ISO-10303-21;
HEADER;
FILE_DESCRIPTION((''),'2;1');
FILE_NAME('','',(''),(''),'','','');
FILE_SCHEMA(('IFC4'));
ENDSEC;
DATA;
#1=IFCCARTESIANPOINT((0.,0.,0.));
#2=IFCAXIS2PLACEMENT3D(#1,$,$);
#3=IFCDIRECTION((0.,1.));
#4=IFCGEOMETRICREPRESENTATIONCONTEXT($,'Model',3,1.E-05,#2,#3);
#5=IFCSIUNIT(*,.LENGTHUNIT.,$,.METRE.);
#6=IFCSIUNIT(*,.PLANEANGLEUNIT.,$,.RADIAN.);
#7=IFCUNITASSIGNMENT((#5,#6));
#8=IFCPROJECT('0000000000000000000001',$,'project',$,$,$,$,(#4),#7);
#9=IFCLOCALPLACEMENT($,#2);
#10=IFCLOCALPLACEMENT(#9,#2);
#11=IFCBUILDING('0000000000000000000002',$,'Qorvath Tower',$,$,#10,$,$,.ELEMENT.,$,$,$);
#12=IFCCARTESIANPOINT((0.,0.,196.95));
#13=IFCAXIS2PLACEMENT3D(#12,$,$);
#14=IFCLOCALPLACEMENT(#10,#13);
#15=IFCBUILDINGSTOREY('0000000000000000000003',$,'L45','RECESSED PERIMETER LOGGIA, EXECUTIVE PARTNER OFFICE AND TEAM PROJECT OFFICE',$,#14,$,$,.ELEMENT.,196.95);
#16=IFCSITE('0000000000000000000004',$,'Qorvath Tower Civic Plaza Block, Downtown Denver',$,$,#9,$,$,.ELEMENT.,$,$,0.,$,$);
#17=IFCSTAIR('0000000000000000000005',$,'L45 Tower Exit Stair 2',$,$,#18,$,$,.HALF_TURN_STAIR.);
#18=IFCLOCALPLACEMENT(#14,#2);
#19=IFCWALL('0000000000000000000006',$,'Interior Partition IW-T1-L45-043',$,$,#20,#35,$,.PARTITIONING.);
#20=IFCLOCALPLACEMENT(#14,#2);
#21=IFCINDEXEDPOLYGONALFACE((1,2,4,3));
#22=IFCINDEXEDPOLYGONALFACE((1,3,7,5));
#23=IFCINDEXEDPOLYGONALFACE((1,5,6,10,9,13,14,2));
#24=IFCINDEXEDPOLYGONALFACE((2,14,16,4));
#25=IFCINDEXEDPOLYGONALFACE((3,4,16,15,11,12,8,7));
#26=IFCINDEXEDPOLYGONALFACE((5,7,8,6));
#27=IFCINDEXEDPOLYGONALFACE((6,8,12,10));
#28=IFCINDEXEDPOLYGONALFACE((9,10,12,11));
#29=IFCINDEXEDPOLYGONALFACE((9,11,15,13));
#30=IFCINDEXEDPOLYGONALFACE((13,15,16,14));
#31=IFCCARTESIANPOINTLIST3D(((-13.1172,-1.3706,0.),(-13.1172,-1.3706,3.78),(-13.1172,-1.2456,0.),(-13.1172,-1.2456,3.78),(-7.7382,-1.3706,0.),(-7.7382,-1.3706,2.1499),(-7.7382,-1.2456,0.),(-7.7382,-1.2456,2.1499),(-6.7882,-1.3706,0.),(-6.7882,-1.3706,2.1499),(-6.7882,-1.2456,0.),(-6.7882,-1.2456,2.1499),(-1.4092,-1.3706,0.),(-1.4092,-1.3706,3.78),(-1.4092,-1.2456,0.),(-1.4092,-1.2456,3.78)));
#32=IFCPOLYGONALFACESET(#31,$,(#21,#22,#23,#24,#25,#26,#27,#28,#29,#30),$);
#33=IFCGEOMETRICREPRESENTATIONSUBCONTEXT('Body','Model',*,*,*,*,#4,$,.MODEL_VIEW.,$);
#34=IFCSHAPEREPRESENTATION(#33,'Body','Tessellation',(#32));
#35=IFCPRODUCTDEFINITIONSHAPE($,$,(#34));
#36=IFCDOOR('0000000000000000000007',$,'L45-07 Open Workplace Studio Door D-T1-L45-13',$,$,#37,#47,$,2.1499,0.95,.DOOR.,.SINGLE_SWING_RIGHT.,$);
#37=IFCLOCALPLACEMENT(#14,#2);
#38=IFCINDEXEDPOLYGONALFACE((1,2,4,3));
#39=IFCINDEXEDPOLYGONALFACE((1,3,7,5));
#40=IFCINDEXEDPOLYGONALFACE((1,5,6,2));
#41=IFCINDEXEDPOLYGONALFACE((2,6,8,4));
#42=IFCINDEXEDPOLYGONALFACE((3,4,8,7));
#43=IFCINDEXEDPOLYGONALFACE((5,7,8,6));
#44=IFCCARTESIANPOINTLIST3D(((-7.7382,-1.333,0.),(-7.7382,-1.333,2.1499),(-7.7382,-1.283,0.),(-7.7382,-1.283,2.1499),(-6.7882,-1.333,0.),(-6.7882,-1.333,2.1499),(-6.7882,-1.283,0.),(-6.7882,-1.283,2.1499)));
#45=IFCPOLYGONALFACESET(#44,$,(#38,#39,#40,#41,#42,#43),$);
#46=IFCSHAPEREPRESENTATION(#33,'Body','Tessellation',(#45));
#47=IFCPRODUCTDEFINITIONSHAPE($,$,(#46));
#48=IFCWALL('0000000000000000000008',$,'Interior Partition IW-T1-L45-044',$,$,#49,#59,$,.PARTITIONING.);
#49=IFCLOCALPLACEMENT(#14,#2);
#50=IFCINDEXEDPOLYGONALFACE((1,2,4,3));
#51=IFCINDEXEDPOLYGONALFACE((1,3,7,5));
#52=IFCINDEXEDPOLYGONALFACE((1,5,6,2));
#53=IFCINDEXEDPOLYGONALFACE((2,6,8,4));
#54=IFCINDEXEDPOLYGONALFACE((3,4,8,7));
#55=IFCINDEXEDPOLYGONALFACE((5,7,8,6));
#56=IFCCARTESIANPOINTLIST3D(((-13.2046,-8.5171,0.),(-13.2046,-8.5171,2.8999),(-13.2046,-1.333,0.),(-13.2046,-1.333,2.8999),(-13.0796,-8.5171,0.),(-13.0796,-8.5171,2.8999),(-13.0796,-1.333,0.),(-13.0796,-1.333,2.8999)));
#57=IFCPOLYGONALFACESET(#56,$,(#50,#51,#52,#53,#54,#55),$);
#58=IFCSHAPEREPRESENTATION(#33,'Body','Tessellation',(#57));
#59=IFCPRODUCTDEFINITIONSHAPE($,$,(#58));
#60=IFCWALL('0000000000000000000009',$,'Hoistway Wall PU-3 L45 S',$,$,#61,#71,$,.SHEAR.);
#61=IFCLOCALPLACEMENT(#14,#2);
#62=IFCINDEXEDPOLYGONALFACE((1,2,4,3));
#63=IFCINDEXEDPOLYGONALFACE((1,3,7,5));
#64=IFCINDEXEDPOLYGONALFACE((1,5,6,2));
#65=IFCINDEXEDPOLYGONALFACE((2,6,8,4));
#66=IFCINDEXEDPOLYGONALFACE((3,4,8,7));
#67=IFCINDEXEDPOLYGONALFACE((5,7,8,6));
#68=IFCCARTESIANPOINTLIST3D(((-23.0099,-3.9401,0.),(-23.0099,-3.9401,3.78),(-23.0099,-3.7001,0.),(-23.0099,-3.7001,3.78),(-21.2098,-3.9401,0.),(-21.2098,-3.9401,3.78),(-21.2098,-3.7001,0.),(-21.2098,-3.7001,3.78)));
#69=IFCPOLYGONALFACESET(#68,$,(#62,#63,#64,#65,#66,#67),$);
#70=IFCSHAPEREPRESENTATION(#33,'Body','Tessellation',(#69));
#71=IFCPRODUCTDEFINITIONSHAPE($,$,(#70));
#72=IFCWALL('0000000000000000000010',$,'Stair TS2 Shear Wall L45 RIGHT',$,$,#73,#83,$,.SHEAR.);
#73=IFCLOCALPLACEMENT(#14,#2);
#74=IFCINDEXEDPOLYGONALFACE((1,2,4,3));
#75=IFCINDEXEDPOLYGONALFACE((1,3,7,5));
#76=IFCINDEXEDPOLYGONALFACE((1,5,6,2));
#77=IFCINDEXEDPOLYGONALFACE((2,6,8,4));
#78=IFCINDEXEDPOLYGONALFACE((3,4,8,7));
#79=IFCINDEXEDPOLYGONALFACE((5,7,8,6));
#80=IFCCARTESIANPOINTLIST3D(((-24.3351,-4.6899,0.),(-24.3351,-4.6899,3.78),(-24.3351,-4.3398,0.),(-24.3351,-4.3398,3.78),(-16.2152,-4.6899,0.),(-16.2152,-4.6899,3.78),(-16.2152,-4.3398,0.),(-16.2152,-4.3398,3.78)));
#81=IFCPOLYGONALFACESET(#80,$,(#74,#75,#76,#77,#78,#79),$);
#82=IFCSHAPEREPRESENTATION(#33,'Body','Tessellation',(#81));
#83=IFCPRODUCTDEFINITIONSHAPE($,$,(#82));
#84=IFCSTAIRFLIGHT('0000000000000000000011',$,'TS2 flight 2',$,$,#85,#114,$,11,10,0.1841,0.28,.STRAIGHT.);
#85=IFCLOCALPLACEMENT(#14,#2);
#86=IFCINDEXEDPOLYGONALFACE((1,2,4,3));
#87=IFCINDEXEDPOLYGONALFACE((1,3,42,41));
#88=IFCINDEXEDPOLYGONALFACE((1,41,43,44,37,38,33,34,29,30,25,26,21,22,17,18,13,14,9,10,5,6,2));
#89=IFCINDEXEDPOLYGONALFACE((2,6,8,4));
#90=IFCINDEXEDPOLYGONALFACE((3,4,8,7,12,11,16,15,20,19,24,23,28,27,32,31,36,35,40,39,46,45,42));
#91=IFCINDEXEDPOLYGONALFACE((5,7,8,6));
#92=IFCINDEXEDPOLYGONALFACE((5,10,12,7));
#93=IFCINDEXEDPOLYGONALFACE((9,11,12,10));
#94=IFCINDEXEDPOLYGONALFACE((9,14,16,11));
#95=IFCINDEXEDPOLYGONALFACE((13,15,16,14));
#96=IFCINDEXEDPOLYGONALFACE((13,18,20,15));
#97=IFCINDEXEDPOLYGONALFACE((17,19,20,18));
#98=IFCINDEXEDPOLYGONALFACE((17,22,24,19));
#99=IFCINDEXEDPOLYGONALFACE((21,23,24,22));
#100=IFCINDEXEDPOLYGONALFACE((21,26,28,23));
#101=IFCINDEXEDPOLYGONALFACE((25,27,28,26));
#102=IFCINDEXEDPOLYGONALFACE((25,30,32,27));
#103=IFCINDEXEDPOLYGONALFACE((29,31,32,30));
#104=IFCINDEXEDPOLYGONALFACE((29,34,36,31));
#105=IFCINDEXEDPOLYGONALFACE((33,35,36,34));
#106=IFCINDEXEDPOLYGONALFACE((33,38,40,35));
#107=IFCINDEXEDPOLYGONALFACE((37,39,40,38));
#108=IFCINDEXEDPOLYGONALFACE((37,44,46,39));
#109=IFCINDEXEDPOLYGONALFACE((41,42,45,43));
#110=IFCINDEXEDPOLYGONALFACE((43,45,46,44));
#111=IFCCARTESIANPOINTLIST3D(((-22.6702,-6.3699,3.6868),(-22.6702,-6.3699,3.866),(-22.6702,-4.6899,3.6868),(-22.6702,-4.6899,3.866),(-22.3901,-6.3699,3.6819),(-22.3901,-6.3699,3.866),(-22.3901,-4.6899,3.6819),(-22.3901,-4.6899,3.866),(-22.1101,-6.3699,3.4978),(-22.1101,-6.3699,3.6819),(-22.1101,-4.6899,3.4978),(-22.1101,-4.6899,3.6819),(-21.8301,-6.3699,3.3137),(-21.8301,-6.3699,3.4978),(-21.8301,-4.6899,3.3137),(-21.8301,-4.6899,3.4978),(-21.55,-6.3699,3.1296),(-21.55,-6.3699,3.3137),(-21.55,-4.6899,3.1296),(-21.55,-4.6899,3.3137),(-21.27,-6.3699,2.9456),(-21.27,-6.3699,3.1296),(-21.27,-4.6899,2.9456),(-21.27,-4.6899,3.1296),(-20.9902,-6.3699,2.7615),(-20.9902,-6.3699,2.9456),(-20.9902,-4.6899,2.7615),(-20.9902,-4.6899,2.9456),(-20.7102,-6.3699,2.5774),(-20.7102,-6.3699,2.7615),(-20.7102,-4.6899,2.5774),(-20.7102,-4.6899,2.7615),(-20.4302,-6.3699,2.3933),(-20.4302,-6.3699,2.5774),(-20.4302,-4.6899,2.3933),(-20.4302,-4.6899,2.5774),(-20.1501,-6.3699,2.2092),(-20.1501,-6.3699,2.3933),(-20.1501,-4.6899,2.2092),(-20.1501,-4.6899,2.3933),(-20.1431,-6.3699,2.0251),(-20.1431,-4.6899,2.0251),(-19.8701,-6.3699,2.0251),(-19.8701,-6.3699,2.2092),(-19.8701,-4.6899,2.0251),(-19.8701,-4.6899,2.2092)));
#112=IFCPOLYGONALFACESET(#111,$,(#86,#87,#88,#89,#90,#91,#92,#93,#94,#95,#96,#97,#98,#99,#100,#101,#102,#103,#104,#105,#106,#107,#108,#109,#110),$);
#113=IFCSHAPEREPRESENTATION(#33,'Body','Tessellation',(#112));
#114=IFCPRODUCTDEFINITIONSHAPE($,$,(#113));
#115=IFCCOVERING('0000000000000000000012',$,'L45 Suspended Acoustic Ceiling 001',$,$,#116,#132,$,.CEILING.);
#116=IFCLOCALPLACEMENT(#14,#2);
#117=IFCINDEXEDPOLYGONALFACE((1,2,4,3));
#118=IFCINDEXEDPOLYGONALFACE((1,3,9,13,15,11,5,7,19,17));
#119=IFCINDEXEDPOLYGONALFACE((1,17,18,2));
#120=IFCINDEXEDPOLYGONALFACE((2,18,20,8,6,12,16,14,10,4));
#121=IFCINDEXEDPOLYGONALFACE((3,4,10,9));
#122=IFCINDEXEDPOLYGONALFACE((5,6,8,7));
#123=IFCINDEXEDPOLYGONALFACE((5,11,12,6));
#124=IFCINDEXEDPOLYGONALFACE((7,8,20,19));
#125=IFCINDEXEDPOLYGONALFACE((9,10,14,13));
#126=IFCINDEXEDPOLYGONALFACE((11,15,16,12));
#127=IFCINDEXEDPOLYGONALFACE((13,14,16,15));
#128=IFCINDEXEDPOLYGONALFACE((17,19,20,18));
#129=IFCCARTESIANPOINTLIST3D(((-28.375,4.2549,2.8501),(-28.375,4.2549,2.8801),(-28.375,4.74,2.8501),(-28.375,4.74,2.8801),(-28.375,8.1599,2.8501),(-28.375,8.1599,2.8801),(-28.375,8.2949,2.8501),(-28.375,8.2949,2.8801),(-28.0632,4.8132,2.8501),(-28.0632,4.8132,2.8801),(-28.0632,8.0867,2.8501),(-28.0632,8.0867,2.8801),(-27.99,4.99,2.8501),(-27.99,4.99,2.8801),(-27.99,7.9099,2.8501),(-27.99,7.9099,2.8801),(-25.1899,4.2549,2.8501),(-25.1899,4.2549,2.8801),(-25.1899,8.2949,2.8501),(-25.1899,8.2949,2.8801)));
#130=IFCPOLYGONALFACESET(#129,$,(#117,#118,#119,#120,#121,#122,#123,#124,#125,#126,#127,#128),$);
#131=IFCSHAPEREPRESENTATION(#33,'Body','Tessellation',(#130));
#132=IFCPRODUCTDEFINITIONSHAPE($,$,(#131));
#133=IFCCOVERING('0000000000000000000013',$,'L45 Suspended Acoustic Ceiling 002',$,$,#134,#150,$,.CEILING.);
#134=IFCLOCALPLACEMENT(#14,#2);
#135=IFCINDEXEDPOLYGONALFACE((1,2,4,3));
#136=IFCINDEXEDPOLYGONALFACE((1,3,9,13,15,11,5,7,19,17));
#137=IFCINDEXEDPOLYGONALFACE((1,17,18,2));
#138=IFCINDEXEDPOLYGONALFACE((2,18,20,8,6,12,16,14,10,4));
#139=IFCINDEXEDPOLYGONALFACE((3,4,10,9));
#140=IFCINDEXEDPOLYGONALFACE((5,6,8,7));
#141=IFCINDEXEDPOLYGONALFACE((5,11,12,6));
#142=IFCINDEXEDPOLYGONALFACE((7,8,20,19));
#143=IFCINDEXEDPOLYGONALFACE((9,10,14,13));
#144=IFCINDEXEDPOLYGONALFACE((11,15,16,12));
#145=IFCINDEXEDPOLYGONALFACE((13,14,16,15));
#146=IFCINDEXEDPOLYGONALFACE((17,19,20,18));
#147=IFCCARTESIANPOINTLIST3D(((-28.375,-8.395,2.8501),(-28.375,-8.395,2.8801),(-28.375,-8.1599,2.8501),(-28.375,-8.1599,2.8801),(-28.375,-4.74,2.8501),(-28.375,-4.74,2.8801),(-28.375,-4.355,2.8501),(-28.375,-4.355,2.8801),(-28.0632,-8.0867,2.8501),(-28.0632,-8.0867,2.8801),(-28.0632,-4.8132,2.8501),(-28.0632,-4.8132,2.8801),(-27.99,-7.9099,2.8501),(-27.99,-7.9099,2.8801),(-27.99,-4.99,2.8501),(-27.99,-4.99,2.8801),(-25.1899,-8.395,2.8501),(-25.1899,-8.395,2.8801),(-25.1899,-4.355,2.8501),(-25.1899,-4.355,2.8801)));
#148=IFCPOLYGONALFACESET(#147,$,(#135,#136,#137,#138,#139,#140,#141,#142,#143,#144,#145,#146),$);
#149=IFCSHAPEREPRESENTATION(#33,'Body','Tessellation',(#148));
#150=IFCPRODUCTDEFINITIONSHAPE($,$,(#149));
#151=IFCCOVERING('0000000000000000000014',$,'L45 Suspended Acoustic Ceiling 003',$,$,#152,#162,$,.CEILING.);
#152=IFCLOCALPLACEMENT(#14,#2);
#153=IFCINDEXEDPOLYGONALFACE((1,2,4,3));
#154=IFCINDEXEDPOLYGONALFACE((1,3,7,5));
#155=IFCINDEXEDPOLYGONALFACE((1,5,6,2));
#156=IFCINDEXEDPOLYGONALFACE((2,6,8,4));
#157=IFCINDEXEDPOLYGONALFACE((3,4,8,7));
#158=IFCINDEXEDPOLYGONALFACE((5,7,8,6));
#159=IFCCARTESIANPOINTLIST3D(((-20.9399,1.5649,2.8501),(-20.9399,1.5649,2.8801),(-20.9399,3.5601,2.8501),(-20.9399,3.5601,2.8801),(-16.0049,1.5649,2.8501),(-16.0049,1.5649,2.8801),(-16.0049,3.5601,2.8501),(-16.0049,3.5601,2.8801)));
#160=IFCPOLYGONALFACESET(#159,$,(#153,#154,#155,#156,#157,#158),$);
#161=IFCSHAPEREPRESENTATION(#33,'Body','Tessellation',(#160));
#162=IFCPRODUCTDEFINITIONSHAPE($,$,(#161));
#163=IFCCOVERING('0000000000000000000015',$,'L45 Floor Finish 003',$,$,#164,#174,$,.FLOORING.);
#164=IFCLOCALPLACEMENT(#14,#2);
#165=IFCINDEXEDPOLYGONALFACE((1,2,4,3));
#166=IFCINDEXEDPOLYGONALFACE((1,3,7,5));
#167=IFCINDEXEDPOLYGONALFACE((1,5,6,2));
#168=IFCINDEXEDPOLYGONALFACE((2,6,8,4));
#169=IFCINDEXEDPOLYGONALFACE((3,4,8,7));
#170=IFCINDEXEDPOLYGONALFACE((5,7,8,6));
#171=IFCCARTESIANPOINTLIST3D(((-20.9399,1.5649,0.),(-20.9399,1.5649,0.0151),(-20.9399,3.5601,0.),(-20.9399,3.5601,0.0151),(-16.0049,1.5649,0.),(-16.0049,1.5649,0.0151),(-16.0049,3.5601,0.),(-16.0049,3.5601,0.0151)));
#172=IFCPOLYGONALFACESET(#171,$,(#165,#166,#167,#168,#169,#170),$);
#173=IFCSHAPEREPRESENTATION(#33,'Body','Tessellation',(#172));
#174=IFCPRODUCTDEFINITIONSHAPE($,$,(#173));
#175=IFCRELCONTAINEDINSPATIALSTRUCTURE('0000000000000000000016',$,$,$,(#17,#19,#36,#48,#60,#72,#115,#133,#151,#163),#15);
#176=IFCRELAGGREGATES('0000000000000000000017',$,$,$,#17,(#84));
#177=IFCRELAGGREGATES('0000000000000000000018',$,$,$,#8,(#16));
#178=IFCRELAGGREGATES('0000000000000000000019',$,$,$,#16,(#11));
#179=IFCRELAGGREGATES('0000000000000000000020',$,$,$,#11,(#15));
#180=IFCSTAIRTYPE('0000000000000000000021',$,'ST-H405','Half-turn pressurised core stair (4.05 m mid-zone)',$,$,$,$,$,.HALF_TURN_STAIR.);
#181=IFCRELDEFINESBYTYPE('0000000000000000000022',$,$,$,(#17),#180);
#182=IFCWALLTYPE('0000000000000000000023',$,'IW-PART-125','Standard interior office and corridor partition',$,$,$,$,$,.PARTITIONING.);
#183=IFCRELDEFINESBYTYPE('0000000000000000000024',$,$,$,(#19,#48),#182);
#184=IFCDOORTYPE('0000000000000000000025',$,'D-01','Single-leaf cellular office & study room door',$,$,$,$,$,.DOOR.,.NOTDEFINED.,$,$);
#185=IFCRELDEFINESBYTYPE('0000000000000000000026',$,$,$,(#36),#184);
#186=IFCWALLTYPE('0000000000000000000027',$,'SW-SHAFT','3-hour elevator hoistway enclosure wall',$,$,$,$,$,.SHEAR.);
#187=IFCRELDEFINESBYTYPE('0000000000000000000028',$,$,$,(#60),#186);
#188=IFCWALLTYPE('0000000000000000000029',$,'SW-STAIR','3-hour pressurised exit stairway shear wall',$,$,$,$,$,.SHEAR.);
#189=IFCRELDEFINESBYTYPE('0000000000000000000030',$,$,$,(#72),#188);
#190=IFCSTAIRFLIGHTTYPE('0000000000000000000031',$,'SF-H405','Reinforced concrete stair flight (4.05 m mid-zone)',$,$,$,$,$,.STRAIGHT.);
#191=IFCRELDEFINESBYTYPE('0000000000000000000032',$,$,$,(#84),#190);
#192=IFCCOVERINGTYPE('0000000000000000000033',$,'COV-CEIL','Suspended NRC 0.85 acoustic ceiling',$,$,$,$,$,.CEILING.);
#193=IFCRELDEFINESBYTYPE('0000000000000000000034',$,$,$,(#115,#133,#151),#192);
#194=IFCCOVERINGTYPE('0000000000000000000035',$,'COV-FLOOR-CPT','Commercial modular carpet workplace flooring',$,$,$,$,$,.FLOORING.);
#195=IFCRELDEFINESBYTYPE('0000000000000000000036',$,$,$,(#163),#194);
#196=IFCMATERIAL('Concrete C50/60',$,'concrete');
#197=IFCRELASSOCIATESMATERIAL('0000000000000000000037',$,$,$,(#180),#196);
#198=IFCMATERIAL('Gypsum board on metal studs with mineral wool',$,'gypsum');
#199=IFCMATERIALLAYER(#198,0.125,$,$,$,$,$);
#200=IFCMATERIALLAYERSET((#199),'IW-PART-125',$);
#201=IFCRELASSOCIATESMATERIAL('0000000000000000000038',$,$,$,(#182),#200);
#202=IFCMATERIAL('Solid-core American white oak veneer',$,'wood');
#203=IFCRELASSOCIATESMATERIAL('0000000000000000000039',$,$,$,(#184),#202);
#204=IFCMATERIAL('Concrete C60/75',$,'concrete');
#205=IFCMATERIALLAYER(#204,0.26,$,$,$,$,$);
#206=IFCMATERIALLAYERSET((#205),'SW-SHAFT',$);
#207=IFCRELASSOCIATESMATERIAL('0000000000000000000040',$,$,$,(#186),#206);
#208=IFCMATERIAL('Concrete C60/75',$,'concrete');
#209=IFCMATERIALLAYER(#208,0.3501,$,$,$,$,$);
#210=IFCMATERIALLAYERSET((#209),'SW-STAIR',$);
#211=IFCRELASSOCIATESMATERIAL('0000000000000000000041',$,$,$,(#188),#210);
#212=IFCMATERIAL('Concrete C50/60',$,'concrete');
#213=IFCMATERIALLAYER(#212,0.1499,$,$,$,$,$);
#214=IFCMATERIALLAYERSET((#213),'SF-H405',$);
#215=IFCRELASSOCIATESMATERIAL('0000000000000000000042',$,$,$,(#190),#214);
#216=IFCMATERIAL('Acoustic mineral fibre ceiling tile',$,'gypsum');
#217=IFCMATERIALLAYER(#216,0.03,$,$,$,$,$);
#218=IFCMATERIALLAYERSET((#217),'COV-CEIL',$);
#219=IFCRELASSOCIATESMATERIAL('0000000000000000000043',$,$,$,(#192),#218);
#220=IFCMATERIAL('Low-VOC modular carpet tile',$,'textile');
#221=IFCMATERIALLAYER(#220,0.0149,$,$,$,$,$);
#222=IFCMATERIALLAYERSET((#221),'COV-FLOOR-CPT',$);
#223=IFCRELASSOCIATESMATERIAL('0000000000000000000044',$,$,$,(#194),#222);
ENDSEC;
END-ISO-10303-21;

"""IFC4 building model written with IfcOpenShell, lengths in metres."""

from ifc_helpers import new_model, si_unit, direction, frame, frame_2d, origin, place, context, subcontext, project, spatial, polyline, rectangle, outline, extrude, material, layer, layer_set, type_object, element, fill, aggregate, save


model = new_model("IFC4")

# Units and contexts
model_context = context("Model", 3, precision=1e-05, world=origin(), true_north=direction((0.0, 1.0)))
body_context = subcontext(model_context, "Body", "Model", "MODEL_VIEW")
ifc_project = project(units=[si_unit("LENGTHUNIT", "METRE"), si_unit("PLANEANGLEUNIT", "RADIAN")], contexts=[model_context])

# Site, building, storey
site_placement = place(None, origin())
site = spatial("IfcSite", under=ifc_project, at=site_placement, Name="Qorvath Tower Civic Plaza Block, Downtown Denver", CompositionType="ELEMENT", RefElevation=0.0)
building_placement = place(site_placement, origin())
building = spatial("IfcBuilding", under=site, at=building_placement, Name="Qorvath Tower", CompositionType="ELEMENT")
storey_placement = place(building_placement, frame((0.0, 0.0, 196.95)))
storey = spatial("IfcBuildingStorey", under=building, at=storey_placement, Name="L45", Description="RECESSED PERIMETER LOGGIA, EXECUTIVE PARTNER OFFICE AND TEAM PROJECT OFFICE", CompositionType="ELEMENT", Elevation=196.95)

# Stair
ifc_material_1 = material(Name="Concrete C50/60", Category="concrete")
stair_type = type_object("IfcStairType", Name="ST-H405", Description="Half-turn pressurised core stair (4.05 m mid-zone)", PredefinedType="HALF_TURN_STAIR", material=ifc_material_1)
stair_1_placement = place(storey_placement, origin())
stair_1 = element("IfcStair", 1, at=stair_1_placement, inside=storey, type_object=stair_type, Name="L45 Tower Exit Stair 2", PredefinedType="HALF_TURN_STAIR")

# Shared definitions
ifc_material_2 = material(Name="Gypsum board on metal studs with mineral wool", Category="gypsum")
ifc_layer_1 = layer(ifc_material_2, 0.125)
ifc_layer_set_1 = layer_set([ifc_layer_1], Name="IW-PART-125")
wall_type_1 = type_object("IfcWallType", Name="IW-PART-125", Description="Standard interior office and corridor partition", PredefinedType="PARTITIONING", material=ifc_layer_set_1)

# Wall, opening, door
ifc_material_3 = material(Name="Solid-core American white oak veneer", Category="wood")
door_type = type_object("IfcDoorType", Name="D-01", Description="Single-leaf cellular office & study room door", OperationType="NOTDEFINED", PredefinedType="DOOR", material=ifc_material_3)
wall_1_placement = place(storey_placement, frame((-1.4092, -1.3081, 0.0), z_axis=(0.0, 0.0, 1.0), x_axis=(-1.0, 0.0, 0.0)))
wall_1 = element("IfcWall", 2, at=wall_1_placement, inside=storey, type_object=wall_type_1, Name="Interior Partition IW-T1-L45-043", PredefinedType="PARTITIONING", context=body_context, shape_type="SweptSolid", body=[
    extrude(rectangle(XDim=11.708, YDim=0.125, at=frame_2d((5.854, 0.0))), origin(), (0.0, 0.0, 1.0), 3.78),
])
opening_1_placement = place(wall_1_placement, frame((5.3789, 0.0, 0.0)))
opening_1 = element("IfcOpeningElement", 3, at=opening_1_placement, cuts=wall_1, PredefinedType="OPENING", context=body_context, shape_type="SweptSolid", body=[
    extrude(rectangle(XDim=0.95, YDim=2.1499, at=frame_2d((0.4751, 1.075))), frame((0.0, 0.0725, 0.0), z_axis=(0.0, -1.0, 0.0), x_axis=(1.0, 0.0, 0.0)), (0.0, 0.0, 1.0), 0.145),
])
door_1_placement = place(opening_1_placement, origin())
door_1 = element("IfcDoor", 4, at=door_1_placement, inside=storey, type_object=door_type, Name="L45-07 Open Workplace Studio Door D-T1-L45-13", OperationType="SINGLE_SWING_RIGHT", OverallHeight=2.1499, OverallWidth=0.95, PredefinedType="DOOR", context=body_context, shape_type="SweptSolid", body=[
    extrude(rectangle(XDim=0.95, YDim=2.1499, at=frame_2d((0.4751, 1.075))), frame((0.0, 0.0249, 0.0), z_axis=(0.0, -1.0, 0.0), x_axis=(1.0, 0.0, 0.0)), (0.0, 0.0, 1.0), 0.05),
])
fill(opening_1, door_1)

# Walls
wall_2_placement = place(storey_placement, frame((-13.1421, -1.333, 0.0), z_axis=(0.0, 0.0, 1.0), x_axis=(0.0, -1.0, 0.0)))
element("IfcWall", 5, at=wall_2_placement, inside=storey, type_object=wall_type_1, Name="Interior Partition IW-T1-L45-044", PredefinedType="PARTITIONING", context=body_context, shape_type="SweptSolid", body=[
    extrude(rectangle(XDim=7.1841, YDim=0.125, at=frame_2d((3.592, 0.0))), origin(), (0.0, 0.0, 1.0), 2.8999),
])
ifc_material_4 = material(Name="Concrete C60/75", Category="concrete")
ifc_layer_2 = layer(ifc_material_4, 0.26)
ifc_layer_set_2 = layer_set([ifc_layer_2], Name="SW-SHAFT")
wall_type_2 = type_object("IfcWallType", Name="SW-SHAFT", Description="3-hour elevator hoistway enclosure wall", PredefinedType="SHEAR", material=ifc_layer_set_2)
wall_3_placement = place(storey_placement, frame((-21.21, -3.8201, 0.0), z_axis=(0.0, 0.0, 1.0), x_axis=(-1.0, 0.0, 0.0)))
element("IfcWall", 6, at=wall_3_placement, inside=storey, type_object=wall_type_2, Name="Hoistway Wall PU-3 L45 S", PredefinedType="SHEAR", context=body_context, shape_type="SweptSolid", body=[
    extrude(rectangle(XDim=1.8, YDim=0.24, at=frame_2d((0.8999, 0.0))), origin(), (0.0, 0.0, 1.0), 3.78),
])
ifc_material_5 = material(Name="Concrete C60/75", Category="concrete")
ifc_layer_3 = layer(ifc_material_5, 0.3501)
ifc_layer_set_3 = layer_set([ifc_layer_3], Name="SW-STAIR")
wall_type_3 = type_object("IfcWallType", Name="SW-STAIR", Description="3-hour pressurised exit stairway shear wall", PredefinedType="SHEAR", material=ifc_layer_set_3)
wall_4_placement = place(storey_placement, frame((-16.2151, -4.5149, 0.0), z_axis=(0.0, 0.0, 1.0), x_axis=(-1.0, 0.0, 0.0)))
element("IfcWall", 7, at=wall_4_placement, inside=storey, type_object=wall_type_3, Name="Stair TS2 Shear Wall L45 RIGHT", PredefinedType="SHEAR", context=body_context, shape_type="SweptSolid", body=[
    extrude(rectangle(XDim=8.1199, YDim=0.3501, at=frame_2d((4.0601, 0.0))), origin(), (0.0, 0.0, 1.0), 3.78),
])

# Stair flight
ifc_material_6 = material(Name="Concrete C50/60", Category="concrete")
ifc_layer_4 = layer(ifc_material_6, 0.1499)
ifc_layer_set_4 = layer_set([ifc_layer_4], Name="SF-H405")
stair_flight_type = type_object("IfcStairFlightType", Name="SF-H405", Description="Reinforced concrete stair flight (4.05 m mid-zone)", PredefinedType="STRAIGHT", material=ifc_layer_set_4)
stair_flight_placement = place(storey_placement, frame((-19.8701, -5.53, 2.0251), z_axis=(0.0, 0.0, 1.0), x_axis=(-1.0, 0.0, 0.0)))
stair_flight = element("IfcStairFlight", 8, at=stair_flight_placement, type_object=stair_flight_type, Name="TS2 flight 2", NumberOfRisers=11, NumberOfTreads=10, PredefinedType="STRAIGHT", RiserHeight=0.1841, TreadLength=0.28, context=body_context, shape_type="SweptSolid", body=[
    extrude(outline(polyline([(0.0, 0.0), (0.0, 0.1841), (0.28, 0.1841), (0.28, 0.3682), (0.5601, 0.3682), (0.5601, 0.5522), (0.8401, 0.5522), (0.8401, 0.7363), (1.1201, 0.7363), (1.1201, 0.9204), (1.3999, 0.9204), (1.3999, 1.1045), (1.6799, 1.1045), (1.6799, 1.2886), (1.96, 1.2886), (1.96, 1.4727), (2.24, 1.4727), (2.24, 1.6567), (2.52, 1.6567), (2.52, 1.8408), (2.8, 1.8408), (2.8, 2.0249), (2.8, 1.6616), (0.2729, 0.0), (0.0, 0.0)])), frame((0.0, 0.8398, 0.0), z_axis=(0.0, -1.0, 0.0), x_axis=(1.0, 0.0, 0.0)), (0.0, 0.0, 1.0), 1.6799),
])
aggregate(stair_1, [stair_flight])

# Coverings
ifc_material_7 = material(Name="Acoustic mineral fibre ceiling tile", Category="gypsum")
ifc_layer_5 = layer(ifc_material_7, 0.03)
ifc_layer_set_5 = layer_set([ifc_layer_5], Name="COV-CEIL")
covering_type_1 = type_object("IfcCoveringType", Name="COV-CEIL", Description="Suspended NRC 0.85 acoustic ceiling", PredefinedType="CEILING", material=ifc_layer_set_5)
covering_1_placement = place(storey_placement, frame((0.0, 0.0, 2.8501)))
element("IfcCovering", 9, at=covering_1_placement, inside=storey, type_object=covering_type_1, Name="L45 Suspended Acoustic Ceiling 001", PredefinedType="CEILING", context=body_context, shape_type="SweptSolid", body=[
    extrude(outline(polyline([(-25.1899, 4.2549), (-25.1899, 8.2949), (-28.375, 8.2949), (-28.375, 8.1599), (-28.0632, 8.0867), (-27.99, 7.9099), (-27.99, 4.99), (-28.0632, 4.8132), (-28.375, 4.74), (-28.375, 4.2549), (-25.1899, 4.2549)])), origin(), (0.0, 0.0, 1.0), 0.03),
])
covering_2_placement = place(storey_placement, frame((0.0, 0.0, 2.8501)))
element("IfcCovering", 10, at=covering_2_placement, inside=storey, type_object=covering_type_1, Name="L45 Suspended Acoustic Ceiling 002", PredefinedType="CEILING", context=body_context, shape_type="SweptSolid", body=[
    extrude(outline(polyline([(-25.1899, -8.395), (-25.1899, -4.355), (-28.375, -4.355), (-28.375, -4.74), (-28.0632, -4.8132), (-27.99, -4.99), (-27.99, -7.9099), (-28.0632, -8.0867), (-28.375, -8.1599), (-28.375, -8.395), (-25.1899, -8.395)])), origin(), (0.0, 0.0, 1.0), 0.03),
])
covering_3_placement = place(storey_placement, frame((0.0, 0.0, 2.8501)))
element("IfcCovering", 11, at=covering_3_placement, inside=storey, type_object=covering_type_1, Name="L45 Suspended Acoustic Ceiling 003", PredefinedType="CEILING", context=body_context, shape_type="SweptSolid", body=[
    extrude(outline(polyline([(-16.0049, 3.5601), (-20.9399, 3.5601), (-20.9399, 1.5649), (-16.0049, 1.5649), (-16.0049, 3.5601)])), origin(), (0.0, 0.0, 1.0), 0.03),
])
ifc_material_8 = material(Name="Low-VOC modular carpet tile", Category="textile")
ifc_layer_6 = layer(ifc_material_8, 0.0149)
ifc_layer_set_6 = layer_set([ifc_layer_6], Name="COV-FLOOR-CPT")
covering_type_2 = type_object("IfcCoveringType", Name="COV-FLOOR-CPT", Description="Commercial modular carpet workplace flooring", PredefinedType="FLOORING", material=ifc_layer_set_6)
covering_4_placement = place(storey_placement, origin())
element("IfcCovering", 12, at=covering_4_placement, inside=storey, type_object=covering_type_2, Name="L45 Floor Finish 003", PredefinedType="FLOORING", context=body_context, shape_type="SweptSolid", body=[
    extrude(outline(polyline([(-16.0049, 3.5601), (-20.9399, 3.5601), (-20.9399, 1.5649), (-16.0049, 1.5649), (-16.0049, 3.5601)])), origin(), (0.0, 0.0, 1.0), 0.0151),
])

save(model, "model.ifc")
